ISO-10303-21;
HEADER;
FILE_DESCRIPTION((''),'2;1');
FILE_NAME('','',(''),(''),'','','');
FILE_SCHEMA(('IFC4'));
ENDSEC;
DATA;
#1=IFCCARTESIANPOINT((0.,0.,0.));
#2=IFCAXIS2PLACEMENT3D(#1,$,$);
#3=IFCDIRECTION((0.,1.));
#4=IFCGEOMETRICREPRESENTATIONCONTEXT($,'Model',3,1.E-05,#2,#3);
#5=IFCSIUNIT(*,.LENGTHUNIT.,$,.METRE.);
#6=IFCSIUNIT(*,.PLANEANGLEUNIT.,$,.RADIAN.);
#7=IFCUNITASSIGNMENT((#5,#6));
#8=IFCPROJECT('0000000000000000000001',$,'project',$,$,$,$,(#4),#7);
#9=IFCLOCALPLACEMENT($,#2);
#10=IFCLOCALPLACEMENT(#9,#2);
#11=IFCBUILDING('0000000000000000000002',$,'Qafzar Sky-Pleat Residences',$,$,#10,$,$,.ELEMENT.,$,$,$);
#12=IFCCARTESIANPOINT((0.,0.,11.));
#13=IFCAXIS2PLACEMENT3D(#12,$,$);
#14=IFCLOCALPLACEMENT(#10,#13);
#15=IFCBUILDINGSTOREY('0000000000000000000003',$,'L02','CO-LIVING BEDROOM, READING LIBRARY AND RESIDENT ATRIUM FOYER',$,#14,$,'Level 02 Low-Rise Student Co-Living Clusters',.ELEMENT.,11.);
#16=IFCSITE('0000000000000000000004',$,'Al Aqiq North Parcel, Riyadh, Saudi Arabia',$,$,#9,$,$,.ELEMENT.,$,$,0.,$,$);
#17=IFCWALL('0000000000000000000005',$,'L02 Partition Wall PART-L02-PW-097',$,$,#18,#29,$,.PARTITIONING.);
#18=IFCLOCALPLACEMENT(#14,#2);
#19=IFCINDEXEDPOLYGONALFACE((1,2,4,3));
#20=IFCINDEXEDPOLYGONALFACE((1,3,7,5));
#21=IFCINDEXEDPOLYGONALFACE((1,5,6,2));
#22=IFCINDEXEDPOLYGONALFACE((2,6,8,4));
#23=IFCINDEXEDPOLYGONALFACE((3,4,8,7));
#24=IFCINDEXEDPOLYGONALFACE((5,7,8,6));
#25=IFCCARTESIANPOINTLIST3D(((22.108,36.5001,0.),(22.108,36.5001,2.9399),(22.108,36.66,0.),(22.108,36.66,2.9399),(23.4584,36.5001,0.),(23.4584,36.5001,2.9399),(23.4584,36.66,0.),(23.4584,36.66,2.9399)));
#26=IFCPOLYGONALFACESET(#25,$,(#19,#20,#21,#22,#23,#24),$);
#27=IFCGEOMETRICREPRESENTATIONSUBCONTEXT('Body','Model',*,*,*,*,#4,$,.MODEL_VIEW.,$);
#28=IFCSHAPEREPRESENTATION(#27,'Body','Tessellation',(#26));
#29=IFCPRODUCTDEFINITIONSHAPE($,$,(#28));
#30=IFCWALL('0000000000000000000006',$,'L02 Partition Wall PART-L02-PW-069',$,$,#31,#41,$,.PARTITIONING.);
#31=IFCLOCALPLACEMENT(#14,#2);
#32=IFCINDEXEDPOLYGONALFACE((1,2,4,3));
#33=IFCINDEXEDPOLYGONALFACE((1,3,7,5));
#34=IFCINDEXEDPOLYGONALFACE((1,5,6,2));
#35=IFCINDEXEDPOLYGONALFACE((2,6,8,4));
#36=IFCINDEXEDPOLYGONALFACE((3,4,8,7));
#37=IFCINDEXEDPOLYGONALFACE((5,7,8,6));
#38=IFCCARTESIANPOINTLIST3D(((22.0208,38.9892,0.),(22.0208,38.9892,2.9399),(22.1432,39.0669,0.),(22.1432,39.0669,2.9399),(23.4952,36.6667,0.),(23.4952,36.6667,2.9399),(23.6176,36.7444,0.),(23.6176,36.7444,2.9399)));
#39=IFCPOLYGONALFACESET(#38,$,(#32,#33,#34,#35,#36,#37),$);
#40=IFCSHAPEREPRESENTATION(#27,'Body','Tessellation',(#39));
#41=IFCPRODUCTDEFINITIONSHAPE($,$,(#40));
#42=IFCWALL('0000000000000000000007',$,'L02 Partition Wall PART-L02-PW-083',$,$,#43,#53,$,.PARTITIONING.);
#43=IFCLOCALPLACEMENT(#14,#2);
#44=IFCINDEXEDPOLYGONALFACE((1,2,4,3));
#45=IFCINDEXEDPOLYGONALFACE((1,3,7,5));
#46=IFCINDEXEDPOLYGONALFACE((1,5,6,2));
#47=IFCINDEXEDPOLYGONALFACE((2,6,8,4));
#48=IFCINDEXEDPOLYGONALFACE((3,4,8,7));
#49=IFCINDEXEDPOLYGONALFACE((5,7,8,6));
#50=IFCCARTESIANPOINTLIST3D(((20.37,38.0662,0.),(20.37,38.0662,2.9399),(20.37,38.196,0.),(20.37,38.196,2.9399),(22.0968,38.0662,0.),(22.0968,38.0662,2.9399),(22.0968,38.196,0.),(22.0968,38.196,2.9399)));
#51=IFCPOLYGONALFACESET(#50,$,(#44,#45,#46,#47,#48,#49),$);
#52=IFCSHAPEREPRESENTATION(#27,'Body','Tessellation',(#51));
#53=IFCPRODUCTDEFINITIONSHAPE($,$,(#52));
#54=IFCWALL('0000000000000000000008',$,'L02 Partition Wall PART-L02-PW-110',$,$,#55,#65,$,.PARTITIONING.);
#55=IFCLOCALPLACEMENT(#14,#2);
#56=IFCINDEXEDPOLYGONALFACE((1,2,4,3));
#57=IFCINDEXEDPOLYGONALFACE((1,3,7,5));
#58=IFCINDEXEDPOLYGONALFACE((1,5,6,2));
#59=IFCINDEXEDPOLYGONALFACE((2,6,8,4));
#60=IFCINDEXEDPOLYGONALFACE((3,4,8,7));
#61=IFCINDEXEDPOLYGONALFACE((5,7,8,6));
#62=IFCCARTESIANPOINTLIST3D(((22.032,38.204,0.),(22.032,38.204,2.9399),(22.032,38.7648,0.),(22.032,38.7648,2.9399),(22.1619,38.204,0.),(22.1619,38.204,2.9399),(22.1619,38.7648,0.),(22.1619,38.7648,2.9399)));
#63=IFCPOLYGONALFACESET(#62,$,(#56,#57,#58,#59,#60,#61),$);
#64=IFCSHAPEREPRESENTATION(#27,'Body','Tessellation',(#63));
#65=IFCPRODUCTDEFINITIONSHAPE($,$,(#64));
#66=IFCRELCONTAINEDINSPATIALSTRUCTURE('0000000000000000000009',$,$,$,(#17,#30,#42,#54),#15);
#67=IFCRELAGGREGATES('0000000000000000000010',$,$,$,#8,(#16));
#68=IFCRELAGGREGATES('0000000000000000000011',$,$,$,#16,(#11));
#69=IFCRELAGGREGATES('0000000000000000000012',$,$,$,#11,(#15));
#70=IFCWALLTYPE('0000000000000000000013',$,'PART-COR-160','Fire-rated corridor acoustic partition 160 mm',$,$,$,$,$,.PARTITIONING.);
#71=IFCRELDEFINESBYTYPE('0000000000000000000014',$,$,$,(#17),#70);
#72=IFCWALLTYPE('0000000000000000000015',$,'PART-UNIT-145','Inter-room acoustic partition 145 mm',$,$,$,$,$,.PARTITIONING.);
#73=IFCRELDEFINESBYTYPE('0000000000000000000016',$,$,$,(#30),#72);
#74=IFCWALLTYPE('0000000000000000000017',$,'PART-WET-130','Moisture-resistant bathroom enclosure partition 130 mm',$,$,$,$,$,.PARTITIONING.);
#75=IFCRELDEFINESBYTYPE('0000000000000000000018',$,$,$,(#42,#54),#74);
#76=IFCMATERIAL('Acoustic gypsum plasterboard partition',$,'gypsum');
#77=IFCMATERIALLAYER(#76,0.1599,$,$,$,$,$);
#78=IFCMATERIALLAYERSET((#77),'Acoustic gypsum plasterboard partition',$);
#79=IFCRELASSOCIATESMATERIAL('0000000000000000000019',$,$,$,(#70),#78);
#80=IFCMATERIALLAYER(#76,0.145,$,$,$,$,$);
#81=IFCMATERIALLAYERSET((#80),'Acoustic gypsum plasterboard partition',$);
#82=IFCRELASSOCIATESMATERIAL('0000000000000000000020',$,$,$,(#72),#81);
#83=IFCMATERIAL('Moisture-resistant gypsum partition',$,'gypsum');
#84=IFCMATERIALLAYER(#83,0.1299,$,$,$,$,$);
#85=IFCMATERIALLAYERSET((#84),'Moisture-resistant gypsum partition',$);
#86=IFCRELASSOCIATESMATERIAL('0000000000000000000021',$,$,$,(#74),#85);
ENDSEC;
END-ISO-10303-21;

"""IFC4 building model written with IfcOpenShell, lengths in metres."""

from ifc_helpers import new_model, si_unit, direction, frame, frame_2d, origin, place, context, subcontext, project, spatial, rectangle, extrude, material, layer, layer_set, type_object, element, save


model = new_model("IFC4")

# Units and contexts
model_context = context("Model", 3, precision=1e-05, world=origin(), true_north=direction((0.0, 1.0)))
body_context = subcontext(model_context, "Body", "Model", "MODEL_VIEW")
ifc_project = project(units=[si_unit("LENGTHUNIT", "METRE"), si_unit("PLANEANGLEUNIT", "RADIAN")], contexts=[model_context])

# Site, building, storey
site_placement = place(None, origin())
site = spatial("IfcSite", under=ifc_project, at=site_placement, Name="Al Aqiq North Parcel, Riyadh, Saudi Arabia", CompositionType="ELEMENT", RefElevation=0.0)
building_placement = place(site_placement, origin())
building = spatial("IfcBuilding", under=site, at=building_placement, Name="Qafzar Sky-Pleat Residences", CompositionType="ELEMENT")
storey_placement = place(building_placement, frame((0.0, 0.0, 11.0)))
storey = spatial("IfcBuildingStorey", under=building, at=storey_placement, Name="L02", Description="CO-LIVING BEDROOM, READING LIBRARY AND RESIDENT ATRIUM FOYER", LongName="Level 02 Low-Rise Student Co-Living Clusters", CompositionType="ELEMENT", Elevation=11.0)

# Shared definitions
ifc_material_1 = material(Name="Acoustic gypsum plasterboard partition", Category="gypsum")
ifc_layer_1 = layer(ifc_material_1, 0.1599)
ifc_layer_set_1 = layer_set([ifc_layer_1], Name="Acoustic gypsum plasterboard partition")
wall_type_1 = type_object("IfcWallType", Name="PART-COR-160", Description="Fire-rated corridor acoustic partition 160 mm", PredefinedType="PARTITIONING", material=ifc_layer_set_1)

# Walls
wall_1_placement = place(storey_placement, frame((22.1079, 36.5801, 0.0), z_axis=(0.0, 0.0, 1.0), x_axis=(1.0, 0.0, 0.0)))
element("IfcWall", 1, at=wall_1_placement, inside=storey, type_object=wall_type_1, Name="L02 Partition Wall PART-L02-PW-097", PredefinedType="PARTITIONING", context=body_context, shape_type="SweptSolid", body=[
    extrude(rectangle(XDim=1.3503, YDim=0.1599, at=frame_2d((0.6753, 0.0))), origin(), (0.0, 0.0, 1.0), 2.9399),
])
ifc_layer_2 = layer(ifc_material_1, 0.145)
ifc_layer_set_2 = layer_set([ifc_layer_2], Name="Acoustic gypsum plasterboard partition")
wall_type_2 = type_object("IfcWallType", Name="PART-UNIT-145", Description="Inter-room acoustic partition 145 mm", PredefinedType="PARTITIONING", material=ifc_layer_set_2)
wall_2_placement = place(storey_placement, frame((22.082, 39.0281, 0.0), z_axis=(0.0, 0.0, 1.0), x_axis=(0.535945, -0.844253, 0.0)))
element("IfcWall", 2, at=wall_2_placement, inside=storey, type_object=wall_type_2, Name="L02 Partition Wall PART-L02-PW-069", PredefinedType="PARTITIONING", context=body_context, shape_type="SweptSolid", body=[
    extrude(rectangle(XDim=2.751, YDim=0.145, at=frame_2d((1.3755, 0.0))), origin(), (0.0, 0.0, 1.0), 2.9399),
])
ifc_material_2 = material(Name="Moisture-resistant gypsum partition", Category="gypsum")
ifc_layer_3 = layer(ifc_material_2, 0.1299)
ifc_layer_set_3 = layer_set([ifc_layer_3], Name="Moisture-resistant gypsum partition")
wall_type_3 = type_object("IfcWallType", Name="PART-WET-130", Description="Moisture-resistant bathroom enclosure partition 130 mm", PredefinedType="PARTITIONING", material=ifc_layer_set_3)
wall_3_placement = place(storey_placement, frame((20.3701, 38.1311, 0.0), z_axis=(0.0, 0.0, 1.0), x_axis=(1.0, 0.0, 0.0)))
element("IfcWall", 3, at=wall_3_placement, inside=storey, type_object=wall_type_3, Name="L02 Partition Wall PART-L02-PW-083", PredefinedType="PARTITIONING", context=body_context, shape_type="SweptSolid", body=[
    extrude(rectangle(XDim=1.7268, YDim=0.1299, at=frame_2d((0.8633, 0.0))), origin(), (0.0, 0.0, 1.0), 2.9399),
])
wall_4_placement = place(storey_placement, frame((22.0969, 38.2041, 0.0), z_axis=(0.0, 0.0, 1.0), x_axis=(0.0, 1.0, 0.0)))
element("IfcWall", 4, at=wall_4_placement, inside=storey, type_object=wall_type_3, Name="L02 Partition Wall PART-L02-PW-110", PredefinedType="PARTITIONING", context=body_context, shape_type="SweptSolid", body=[
    extrude(rectangle(XDim=0.5608, YDim=0.1299, at=frame_2d((0.2803, 0.0))), origin(), (0.0, 0.0, 1.0), 2.9399),
])

save(model, "model.ifc")
